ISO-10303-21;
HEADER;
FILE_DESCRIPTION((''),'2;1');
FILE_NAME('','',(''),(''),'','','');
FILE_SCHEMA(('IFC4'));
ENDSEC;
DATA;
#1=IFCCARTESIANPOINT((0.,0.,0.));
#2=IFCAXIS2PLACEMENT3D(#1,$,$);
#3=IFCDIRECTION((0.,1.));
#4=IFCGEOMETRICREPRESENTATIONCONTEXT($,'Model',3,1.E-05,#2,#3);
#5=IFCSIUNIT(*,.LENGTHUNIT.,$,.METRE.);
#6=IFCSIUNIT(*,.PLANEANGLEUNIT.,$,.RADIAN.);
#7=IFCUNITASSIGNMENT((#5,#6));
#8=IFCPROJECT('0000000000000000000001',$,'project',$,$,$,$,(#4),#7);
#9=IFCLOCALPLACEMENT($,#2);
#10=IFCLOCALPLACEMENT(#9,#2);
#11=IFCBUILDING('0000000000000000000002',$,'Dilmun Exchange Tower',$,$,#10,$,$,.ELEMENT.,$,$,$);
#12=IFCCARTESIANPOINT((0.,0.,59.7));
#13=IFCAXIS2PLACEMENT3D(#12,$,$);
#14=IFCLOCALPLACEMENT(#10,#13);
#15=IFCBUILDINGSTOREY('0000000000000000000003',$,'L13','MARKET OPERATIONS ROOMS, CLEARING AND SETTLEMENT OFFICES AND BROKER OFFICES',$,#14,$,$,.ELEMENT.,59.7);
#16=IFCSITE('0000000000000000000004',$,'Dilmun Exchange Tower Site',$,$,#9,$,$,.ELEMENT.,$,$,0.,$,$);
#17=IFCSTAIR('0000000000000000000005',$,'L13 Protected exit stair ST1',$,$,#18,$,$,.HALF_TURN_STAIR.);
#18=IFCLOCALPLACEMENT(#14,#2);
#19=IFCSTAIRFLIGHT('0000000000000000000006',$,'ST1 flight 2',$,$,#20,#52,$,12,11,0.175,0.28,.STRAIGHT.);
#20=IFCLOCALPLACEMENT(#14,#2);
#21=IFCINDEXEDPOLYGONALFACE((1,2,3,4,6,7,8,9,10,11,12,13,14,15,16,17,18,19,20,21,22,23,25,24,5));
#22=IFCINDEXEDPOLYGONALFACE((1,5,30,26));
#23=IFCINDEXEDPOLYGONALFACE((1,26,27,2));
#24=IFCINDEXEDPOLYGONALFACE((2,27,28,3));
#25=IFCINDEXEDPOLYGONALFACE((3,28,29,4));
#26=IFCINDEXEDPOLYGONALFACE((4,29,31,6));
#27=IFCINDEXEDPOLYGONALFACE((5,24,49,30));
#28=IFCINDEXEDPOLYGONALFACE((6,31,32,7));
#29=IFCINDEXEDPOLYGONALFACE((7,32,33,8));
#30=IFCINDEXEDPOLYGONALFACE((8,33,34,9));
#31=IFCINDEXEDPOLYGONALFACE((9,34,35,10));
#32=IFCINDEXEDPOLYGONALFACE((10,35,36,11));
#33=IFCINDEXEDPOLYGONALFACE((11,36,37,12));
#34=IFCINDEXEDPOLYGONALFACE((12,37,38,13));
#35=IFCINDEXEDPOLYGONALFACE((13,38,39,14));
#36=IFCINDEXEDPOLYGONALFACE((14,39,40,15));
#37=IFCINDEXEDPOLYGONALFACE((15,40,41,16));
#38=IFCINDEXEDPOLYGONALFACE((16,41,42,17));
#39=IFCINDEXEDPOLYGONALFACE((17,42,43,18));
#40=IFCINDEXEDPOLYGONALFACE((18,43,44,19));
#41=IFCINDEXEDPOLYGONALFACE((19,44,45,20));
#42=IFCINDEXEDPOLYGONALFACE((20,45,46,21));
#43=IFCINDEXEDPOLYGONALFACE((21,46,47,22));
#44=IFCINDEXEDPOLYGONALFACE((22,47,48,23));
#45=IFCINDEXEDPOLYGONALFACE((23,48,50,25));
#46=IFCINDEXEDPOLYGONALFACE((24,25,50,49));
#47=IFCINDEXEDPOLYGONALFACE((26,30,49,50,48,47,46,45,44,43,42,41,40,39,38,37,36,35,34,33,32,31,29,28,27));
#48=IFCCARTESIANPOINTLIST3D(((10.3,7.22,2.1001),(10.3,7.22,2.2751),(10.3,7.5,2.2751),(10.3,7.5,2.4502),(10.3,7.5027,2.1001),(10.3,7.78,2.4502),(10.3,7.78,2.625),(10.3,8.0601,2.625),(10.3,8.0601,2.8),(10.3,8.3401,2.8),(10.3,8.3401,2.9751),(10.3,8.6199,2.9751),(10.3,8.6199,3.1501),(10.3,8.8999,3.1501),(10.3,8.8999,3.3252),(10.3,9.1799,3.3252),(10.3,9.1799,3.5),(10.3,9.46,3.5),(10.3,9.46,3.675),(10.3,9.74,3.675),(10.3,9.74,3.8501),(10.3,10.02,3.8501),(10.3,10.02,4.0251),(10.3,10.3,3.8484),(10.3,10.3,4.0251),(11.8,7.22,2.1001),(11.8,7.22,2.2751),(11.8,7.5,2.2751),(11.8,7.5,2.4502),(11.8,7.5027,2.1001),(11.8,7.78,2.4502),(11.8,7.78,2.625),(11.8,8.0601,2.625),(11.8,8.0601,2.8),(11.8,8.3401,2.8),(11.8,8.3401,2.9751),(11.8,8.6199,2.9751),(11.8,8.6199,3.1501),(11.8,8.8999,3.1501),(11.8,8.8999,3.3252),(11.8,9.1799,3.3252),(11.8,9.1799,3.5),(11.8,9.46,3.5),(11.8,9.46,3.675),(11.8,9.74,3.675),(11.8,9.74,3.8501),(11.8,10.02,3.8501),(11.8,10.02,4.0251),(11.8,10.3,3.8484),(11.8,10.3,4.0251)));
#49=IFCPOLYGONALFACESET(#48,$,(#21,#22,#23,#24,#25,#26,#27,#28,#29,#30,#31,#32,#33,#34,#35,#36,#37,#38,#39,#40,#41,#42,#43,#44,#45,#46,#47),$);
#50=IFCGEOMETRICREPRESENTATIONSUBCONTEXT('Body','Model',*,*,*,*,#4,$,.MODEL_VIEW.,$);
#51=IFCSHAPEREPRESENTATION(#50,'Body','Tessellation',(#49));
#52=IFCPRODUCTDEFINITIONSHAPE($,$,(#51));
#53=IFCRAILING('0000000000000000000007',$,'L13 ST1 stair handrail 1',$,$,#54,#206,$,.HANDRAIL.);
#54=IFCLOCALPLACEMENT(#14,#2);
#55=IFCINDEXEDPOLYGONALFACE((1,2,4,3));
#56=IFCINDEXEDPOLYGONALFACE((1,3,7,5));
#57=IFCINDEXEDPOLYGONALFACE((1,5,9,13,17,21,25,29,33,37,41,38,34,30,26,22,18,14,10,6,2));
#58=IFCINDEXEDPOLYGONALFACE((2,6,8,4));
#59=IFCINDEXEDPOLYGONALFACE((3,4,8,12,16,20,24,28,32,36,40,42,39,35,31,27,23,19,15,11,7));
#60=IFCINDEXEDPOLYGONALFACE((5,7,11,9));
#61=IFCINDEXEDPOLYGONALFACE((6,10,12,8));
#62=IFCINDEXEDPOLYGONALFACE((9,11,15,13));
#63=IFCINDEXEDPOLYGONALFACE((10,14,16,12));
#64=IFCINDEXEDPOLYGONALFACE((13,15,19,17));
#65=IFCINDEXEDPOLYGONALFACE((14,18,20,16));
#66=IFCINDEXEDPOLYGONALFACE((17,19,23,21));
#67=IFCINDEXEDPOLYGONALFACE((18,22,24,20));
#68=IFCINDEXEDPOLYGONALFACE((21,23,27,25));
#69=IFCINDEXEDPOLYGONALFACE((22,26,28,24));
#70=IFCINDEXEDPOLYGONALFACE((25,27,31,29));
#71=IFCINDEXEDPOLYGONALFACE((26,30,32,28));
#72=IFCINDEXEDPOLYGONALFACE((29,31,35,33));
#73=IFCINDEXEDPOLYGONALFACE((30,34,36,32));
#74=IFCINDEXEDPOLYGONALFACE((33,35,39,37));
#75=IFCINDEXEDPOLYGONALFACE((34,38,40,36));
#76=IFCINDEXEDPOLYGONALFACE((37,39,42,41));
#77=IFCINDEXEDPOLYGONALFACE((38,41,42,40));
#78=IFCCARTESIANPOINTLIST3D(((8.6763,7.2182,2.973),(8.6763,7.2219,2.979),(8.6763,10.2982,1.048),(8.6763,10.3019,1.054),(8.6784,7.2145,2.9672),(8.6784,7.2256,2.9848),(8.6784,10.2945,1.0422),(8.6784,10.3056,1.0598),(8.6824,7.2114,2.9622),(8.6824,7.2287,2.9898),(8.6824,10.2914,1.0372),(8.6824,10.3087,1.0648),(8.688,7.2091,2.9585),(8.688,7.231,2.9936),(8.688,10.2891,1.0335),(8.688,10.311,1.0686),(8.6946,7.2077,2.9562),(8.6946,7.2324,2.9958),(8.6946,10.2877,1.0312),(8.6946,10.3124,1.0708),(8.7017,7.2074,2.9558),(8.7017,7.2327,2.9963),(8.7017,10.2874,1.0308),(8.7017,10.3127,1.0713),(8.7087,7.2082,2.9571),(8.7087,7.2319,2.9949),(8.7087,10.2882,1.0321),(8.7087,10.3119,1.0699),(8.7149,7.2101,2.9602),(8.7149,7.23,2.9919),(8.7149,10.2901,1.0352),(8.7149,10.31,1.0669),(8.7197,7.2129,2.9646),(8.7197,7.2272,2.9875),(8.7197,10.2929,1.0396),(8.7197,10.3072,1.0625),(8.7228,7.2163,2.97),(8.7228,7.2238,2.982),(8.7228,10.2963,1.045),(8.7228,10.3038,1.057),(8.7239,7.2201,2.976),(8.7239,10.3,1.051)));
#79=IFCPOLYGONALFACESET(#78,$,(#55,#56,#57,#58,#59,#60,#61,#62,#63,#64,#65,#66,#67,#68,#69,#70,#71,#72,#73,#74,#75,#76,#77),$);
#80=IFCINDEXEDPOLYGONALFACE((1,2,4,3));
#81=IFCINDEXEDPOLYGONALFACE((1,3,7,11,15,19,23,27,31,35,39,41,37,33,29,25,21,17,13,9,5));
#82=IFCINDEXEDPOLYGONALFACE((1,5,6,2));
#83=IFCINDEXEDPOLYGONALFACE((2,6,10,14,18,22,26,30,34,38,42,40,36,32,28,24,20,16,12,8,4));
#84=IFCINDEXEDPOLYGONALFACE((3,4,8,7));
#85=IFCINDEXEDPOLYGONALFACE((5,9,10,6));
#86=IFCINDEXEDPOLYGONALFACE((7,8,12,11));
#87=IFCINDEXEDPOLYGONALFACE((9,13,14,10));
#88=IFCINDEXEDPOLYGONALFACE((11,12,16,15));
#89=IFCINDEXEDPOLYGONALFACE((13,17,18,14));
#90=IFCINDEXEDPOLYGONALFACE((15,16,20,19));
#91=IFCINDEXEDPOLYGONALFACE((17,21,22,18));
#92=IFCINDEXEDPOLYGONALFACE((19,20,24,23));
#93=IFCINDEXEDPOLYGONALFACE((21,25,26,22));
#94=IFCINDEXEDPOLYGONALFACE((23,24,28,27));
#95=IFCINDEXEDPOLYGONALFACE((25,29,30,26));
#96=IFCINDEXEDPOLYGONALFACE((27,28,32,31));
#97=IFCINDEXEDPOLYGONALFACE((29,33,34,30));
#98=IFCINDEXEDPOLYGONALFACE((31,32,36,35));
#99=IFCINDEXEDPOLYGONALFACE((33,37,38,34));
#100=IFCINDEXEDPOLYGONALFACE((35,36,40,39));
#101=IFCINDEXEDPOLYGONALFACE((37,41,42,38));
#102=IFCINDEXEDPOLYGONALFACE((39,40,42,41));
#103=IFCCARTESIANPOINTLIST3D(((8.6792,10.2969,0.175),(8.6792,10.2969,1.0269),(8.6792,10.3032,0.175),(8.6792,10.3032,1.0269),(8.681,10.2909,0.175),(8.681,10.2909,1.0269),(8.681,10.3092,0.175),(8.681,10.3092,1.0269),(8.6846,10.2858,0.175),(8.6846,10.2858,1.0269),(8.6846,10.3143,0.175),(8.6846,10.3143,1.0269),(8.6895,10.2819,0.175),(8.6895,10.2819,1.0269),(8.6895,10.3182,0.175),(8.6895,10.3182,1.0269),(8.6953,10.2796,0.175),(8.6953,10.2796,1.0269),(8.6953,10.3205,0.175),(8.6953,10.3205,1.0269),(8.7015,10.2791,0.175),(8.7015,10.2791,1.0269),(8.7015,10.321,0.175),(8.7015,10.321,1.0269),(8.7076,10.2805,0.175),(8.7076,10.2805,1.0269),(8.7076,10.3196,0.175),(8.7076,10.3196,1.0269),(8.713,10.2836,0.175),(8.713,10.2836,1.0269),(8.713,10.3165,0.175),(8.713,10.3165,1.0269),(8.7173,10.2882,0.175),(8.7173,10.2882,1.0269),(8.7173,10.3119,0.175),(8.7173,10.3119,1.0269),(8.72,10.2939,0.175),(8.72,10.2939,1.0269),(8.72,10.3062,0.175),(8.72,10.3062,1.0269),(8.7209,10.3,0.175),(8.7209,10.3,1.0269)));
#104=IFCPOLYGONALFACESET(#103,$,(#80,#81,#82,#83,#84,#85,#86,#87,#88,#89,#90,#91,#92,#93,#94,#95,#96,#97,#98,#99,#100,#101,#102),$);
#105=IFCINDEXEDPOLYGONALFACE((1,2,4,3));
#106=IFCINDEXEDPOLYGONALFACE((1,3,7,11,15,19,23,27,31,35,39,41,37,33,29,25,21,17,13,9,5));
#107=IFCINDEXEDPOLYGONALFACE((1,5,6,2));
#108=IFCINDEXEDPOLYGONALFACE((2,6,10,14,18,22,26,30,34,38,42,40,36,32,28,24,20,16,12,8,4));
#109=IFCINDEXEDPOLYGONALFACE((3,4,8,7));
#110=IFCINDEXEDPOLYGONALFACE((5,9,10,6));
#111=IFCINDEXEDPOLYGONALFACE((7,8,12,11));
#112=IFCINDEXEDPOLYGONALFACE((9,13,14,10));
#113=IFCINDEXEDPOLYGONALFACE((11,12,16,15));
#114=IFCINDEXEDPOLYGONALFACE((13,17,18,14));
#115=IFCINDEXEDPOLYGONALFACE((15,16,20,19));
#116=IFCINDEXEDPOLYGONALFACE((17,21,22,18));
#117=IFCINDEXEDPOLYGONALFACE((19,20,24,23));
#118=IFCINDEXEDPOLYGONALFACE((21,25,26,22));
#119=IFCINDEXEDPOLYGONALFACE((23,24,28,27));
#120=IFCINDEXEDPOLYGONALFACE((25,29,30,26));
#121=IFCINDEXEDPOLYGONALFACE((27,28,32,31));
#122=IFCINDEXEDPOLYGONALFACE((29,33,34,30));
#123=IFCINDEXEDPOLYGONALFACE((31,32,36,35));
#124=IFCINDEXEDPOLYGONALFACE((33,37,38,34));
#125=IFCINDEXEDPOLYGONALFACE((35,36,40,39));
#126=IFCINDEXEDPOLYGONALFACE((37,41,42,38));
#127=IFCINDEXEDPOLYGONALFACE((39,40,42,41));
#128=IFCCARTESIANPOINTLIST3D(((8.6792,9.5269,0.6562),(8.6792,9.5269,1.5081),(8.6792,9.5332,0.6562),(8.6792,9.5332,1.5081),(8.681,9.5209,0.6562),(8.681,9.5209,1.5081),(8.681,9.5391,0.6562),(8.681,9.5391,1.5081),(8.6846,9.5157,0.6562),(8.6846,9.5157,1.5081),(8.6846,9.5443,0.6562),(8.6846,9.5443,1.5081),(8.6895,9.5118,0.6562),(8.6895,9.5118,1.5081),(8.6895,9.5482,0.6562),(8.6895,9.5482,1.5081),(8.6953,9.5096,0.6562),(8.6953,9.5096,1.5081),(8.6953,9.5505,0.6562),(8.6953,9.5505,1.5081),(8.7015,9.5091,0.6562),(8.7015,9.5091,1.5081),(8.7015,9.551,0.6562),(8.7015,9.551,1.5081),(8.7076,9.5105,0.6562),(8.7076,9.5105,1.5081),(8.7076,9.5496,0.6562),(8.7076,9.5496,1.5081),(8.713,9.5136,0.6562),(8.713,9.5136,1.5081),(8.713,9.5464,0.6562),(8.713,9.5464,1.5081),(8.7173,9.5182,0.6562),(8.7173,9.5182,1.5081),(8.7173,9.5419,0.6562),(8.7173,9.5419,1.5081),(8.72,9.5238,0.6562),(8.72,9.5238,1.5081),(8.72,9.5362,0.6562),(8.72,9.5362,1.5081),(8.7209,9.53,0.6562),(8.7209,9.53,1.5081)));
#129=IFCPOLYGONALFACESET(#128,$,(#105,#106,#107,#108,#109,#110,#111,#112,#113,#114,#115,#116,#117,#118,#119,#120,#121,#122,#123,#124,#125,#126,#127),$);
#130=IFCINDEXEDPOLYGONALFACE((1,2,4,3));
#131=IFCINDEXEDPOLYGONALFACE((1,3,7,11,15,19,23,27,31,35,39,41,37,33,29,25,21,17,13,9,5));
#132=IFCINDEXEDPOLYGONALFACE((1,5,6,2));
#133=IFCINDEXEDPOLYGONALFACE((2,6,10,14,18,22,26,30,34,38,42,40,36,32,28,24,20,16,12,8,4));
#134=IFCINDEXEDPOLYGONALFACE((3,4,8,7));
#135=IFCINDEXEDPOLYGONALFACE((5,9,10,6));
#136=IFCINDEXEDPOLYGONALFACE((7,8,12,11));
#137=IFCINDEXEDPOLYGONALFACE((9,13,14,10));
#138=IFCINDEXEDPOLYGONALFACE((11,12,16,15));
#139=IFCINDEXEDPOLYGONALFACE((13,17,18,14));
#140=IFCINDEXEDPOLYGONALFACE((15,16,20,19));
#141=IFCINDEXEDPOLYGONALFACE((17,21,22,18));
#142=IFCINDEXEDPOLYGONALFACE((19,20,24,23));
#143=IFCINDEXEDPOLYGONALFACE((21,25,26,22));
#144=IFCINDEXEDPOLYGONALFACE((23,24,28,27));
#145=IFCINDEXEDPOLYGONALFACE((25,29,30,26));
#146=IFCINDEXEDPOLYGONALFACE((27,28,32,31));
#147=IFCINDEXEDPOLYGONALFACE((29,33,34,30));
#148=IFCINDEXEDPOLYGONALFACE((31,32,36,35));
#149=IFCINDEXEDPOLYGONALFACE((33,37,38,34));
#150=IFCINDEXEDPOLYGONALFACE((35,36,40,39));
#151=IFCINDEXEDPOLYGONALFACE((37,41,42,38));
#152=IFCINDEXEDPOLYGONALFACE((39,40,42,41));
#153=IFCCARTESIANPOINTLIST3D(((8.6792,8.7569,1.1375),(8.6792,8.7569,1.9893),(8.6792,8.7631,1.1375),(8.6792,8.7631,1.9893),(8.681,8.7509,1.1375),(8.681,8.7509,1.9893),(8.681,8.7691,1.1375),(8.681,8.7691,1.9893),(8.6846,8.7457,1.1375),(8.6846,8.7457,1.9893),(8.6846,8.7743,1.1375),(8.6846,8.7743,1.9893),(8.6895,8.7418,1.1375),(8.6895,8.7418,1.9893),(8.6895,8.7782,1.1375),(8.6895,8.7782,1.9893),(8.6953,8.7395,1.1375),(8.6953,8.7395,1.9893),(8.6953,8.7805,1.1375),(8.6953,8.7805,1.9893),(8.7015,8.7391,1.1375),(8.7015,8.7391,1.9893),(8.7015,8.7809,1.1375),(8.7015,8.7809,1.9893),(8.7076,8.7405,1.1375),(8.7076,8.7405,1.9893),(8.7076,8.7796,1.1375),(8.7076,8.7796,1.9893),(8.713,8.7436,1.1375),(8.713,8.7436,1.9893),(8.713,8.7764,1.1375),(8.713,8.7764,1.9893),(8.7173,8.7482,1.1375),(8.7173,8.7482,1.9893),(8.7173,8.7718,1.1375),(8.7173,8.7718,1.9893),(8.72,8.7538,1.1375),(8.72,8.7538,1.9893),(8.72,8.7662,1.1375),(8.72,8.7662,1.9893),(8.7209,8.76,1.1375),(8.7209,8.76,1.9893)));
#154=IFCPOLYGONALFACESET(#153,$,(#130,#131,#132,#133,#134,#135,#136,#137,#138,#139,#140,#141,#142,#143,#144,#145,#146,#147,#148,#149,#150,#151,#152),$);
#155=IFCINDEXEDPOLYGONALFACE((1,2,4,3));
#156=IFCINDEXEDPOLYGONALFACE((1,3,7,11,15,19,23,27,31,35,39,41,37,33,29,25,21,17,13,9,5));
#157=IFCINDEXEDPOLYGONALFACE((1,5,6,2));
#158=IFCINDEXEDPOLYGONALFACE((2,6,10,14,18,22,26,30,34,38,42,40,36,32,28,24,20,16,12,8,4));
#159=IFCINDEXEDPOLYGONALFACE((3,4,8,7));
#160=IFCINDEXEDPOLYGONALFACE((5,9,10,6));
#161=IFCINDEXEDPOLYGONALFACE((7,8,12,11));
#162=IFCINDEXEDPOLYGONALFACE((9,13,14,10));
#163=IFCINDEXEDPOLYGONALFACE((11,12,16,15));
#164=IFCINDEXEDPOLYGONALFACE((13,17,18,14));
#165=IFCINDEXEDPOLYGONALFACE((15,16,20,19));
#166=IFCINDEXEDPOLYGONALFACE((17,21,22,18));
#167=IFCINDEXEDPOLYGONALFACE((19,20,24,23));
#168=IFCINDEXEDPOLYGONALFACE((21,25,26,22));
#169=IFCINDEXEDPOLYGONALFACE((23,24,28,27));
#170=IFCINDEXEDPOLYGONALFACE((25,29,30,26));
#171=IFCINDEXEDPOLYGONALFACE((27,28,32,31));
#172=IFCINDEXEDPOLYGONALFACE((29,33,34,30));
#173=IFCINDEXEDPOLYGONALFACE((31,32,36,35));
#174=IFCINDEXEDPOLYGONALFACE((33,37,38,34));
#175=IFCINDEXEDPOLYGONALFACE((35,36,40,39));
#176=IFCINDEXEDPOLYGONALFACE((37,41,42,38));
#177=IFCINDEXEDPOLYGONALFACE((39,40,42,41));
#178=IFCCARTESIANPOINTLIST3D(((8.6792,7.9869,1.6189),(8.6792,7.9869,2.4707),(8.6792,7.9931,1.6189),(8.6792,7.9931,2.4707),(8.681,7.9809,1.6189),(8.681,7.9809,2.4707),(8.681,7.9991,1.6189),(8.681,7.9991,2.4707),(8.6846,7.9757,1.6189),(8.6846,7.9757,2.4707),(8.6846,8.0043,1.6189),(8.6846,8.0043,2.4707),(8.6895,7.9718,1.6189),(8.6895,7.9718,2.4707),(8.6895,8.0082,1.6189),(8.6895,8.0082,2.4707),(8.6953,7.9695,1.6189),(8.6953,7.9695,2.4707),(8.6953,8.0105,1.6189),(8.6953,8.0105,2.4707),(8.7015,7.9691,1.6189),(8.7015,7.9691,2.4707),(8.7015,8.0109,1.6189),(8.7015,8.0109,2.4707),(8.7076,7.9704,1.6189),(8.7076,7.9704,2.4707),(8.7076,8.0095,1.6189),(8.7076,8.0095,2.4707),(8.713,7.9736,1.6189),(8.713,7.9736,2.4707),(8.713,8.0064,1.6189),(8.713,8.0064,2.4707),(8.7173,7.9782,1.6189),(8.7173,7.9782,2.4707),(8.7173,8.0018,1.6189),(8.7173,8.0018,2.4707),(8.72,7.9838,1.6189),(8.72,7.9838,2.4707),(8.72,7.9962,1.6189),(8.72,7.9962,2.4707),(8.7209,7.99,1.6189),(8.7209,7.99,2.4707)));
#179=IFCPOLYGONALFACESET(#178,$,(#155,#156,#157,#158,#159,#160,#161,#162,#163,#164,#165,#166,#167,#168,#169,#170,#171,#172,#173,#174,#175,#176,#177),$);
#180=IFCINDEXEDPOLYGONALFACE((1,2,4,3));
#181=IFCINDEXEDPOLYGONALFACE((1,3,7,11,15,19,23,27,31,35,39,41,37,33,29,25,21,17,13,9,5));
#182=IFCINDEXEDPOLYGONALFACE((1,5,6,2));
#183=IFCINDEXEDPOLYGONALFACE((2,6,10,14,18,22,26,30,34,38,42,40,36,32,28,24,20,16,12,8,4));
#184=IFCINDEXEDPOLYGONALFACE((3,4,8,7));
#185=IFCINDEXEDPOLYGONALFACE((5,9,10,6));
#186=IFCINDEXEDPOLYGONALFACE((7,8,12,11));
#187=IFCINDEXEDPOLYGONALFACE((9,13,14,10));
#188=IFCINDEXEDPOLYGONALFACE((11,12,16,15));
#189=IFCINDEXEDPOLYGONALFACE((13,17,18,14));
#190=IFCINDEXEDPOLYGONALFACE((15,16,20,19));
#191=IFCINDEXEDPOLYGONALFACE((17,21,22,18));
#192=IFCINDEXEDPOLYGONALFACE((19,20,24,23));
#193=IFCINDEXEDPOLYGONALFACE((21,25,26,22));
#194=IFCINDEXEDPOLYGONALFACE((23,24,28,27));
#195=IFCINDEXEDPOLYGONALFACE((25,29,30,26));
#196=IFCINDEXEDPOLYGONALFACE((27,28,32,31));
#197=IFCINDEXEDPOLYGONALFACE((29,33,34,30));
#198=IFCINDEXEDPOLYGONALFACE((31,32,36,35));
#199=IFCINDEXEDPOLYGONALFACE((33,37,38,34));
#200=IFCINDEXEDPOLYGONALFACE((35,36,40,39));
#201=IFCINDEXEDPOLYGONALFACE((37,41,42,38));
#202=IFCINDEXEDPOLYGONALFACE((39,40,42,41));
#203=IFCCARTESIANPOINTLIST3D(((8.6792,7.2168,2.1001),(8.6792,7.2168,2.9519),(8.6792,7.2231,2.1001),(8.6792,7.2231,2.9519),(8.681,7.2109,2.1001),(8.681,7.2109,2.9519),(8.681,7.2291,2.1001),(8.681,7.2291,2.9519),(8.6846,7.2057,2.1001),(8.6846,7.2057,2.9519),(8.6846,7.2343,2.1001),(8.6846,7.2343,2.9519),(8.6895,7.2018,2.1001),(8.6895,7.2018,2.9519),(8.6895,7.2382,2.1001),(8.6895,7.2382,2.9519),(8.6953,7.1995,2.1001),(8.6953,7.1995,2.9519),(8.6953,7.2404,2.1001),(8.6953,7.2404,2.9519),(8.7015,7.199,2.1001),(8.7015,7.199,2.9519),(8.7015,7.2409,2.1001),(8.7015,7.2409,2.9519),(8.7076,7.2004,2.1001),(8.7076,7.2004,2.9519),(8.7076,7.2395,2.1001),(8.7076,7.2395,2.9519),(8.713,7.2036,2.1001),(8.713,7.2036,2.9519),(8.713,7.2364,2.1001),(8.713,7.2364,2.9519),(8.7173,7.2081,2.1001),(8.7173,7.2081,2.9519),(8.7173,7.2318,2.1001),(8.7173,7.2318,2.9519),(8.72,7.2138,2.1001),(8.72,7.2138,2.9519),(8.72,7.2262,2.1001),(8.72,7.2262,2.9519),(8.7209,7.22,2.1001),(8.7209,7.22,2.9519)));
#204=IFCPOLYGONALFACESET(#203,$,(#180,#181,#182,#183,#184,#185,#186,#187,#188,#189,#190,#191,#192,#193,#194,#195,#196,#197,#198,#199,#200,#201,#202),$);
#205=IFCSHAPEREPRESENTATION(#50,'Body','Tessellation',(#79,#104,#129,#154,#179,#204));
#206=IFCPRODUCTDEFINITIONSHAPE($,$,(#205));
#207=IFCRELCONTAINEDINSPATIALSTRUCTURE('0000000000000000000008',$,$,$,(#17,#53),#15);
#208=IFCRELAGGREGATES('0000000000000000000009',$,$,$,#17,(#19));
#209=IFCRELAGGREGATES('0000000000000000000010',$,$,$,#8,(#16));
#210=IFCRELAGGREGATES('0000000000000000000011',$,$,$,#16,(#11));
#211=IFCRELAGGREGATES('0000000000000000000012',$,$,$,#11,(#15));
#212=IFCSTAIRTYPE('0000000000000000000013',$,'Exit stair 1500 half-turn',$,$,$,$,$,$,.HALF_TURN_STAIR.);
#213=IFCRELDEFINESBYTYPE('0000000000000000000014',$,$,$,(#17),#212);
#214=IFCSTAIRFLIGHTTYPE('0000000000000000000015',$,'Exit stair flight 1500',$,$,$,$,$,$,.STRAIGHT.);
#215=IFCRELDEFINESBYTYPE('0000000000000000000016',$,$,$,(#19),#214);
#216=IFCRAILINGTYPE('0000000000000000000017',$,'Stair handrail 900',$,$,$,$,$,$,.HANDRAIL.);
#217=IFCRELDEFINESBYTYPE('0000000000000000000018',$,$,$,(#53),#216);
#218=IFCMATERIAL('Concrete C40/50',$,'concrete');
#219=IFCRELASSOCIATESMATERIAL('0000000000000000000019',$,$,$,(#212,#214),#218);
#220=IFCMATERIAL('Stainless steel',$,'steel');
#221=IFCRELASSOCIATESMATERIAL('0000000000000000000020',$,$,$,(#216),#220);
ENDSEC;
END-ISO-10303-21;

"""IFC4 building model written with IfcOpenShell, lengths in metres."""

from ifc_helpers import new_model, si_unit, direction, frame, origin, origin_2d, place, context, subcontext, project, spatial, polyline, circle, outline, extrude, material, type_object, element, aggregate, save


model = new_model("IFC4")

# Units and contexts
model_context = context("Model", 3, precision=1e-05, world=origin(), true_north=direction((0.0, 1.0)))
body_context = subcontext(model_context, "Body", "Model", "MODEL_VIEW")
ifc_project = project(units=[si_unit("LENGTHUNIT", "METRE"), si_unit("PLANEANGLEUNIT", "RADIAN")], contexts=[model_context])

# Site, building, storey
site_placement = place(None, origin())
site = spatial("IfcSite", under=ifc_project, at=site_placement, Name="Dilmun Exchange Tower Site", CompositionType="ELEMENT", RefElevation=0.0)
building_placement = place(site_placement, origin())
building = spatial("IfcBuilding", under=site, at=building_placement, Name="Dilmun Exchange Tower", CompositionType="ELEMENT")
storey_placement = place(building_placement, frame((0.0, 0.0, 59.7)))
storey = spatial("IfcBuildingStorey", under=building, at=storey_placement, Name="L13", Description="MARKET OPERATIONS ROOMS, CLEARING AND SETTLEMENT OFFICES AND BROKER OFFICES", CompositionType="ELEMENT", Elevation=59.7)

# Shared definitions
ifc_material_1 = material(Name="Concrete C40/50", Category="concrete")

# Stair, stair flight
stair_type = type_object("IfcStairType", Name="Exit stair 1500 half-turn", PredefinedType="HALF_TURN_STAIR", material=ifc_material_1)
stair_placement = place(storey_placement, origin())
stair = element("IfcStair", 1, at=stair_placement, inside=storey, type_object=stair_type, Name="L13 Protected exit stair ST1", PredefinedType="HALF_TURN_STAIR")
stair_flight_type = type_object("IfcStairFlightType", Name="Exit stair flight 1500", PredefinedType="STRAIGHT", material=ifc_material_1)
stair_flight_1_placement = place(storey_placement, frame((11.05, 7.22, 2.1001), z_axis=(0.0, 0.0, 1.0), x_axis=(0.0, 1.0, 0.0)))
stair_flight_1 = element("IfcStairFlight", 2, at=stair_flight_1_placement, type_object=stair_flight_type, Name="ST1 flight 2", NumberOfRisers=12, NumberOfTreads=11, PredefinedType="STRAIGHT", RiserHeight=0.175, TreadLength=0.28, context=body_context, shape_type="SweptSolid", body=[
    extrude(outline(polyline([(0.0, 0.0), (0.0, 0.175), (0.28, 0.175), (0.28, 0.3501), (0.5601, 0.3501), (0.5601, 0.5249), (0.8401, 0.5249), (0.8401, 0.7), (1.1201, 0.7), (1.1201, 0.875), (1.3999, 0.875), (1.3999, 1.05), (1.6799, 1.05), (1.6799, 1.2251), (1.96, 1.2251), (1.96, 1.3999), (2.24, 1.3999), (2.24, 1.575), (2.52, 1.575), (2.52, 1.75), (2.8, 1.75), (2.8, 1.925), (3.0801, 1.925), (3.0801, 2.1001), (3.0801, 1.7483), (0.2827, 0.0), (0.0, 0.0)])), frame((0.0, 0.75, 0.0), z_axis=(0.0, -1.0, 0.0), x_axis=(1.0, 0.0, 0.0)), (0.0, 0.0, 1.0), 1.5),
])
aggregate(stair, [stair_flight_1])

# Railing
ifc_material_2 = material(Name="Stainless steel", Category="steel")
railing_type = type_object("IfcRailingType", Name="Stair handrail 900", PredefinedType="HANDRAIL", material=ifc_material_2)
railing_1_placement = place(storey_placement, frame((8.7, 10.3, 0.175)))
element("IfcRailing", 3, at=railing_1_placement, inside=storey, type_object=railing_type, Name="L13 ST1 stair handrail 1", PredefinedType="HANDRAIL", context=body_context, shape_type="SweptSolid", body=[
    extrude(circle(Radius=0.0239, at=origin_2d()), frame((0.0, 0.0, 0.876), z_axis=(0.0, -0.847998, 0.529999), x_axis=(1.0, 0.0, 0.0)), (0.0, 0.0, 1.0), 3.6321),
    extrude(circle(Radius=0.021, at=origin_2d()), origin(), (0.0, 0.0, 1.0), 0.8518),
    extrude(circle(Radius=0.021, at=origin_2d()), frame((0.0, -0.77, 0.4812)), (0.0, 0.0, 1.0), 0.8518),
    extrude(circle(Radius=0.021, at=origin_2d()), frame((0.0, -1.54, 0.9624)), (0.0, 0.0, 1.0), 0.8518),
    extrude(circle(Radius=0.021, at=origin_2d()), frame((0.0, -2.3101, 1.4438)), (0.0, 0.0, 1.0), 0.8518),
    extrude(circle(Radius=0.021, at=origin_2d()), frame((0.0, -3.0801, 1.925)), (0.0, 0.0, 1.0), 0.8518),
])

save(model, "model.ifc")
